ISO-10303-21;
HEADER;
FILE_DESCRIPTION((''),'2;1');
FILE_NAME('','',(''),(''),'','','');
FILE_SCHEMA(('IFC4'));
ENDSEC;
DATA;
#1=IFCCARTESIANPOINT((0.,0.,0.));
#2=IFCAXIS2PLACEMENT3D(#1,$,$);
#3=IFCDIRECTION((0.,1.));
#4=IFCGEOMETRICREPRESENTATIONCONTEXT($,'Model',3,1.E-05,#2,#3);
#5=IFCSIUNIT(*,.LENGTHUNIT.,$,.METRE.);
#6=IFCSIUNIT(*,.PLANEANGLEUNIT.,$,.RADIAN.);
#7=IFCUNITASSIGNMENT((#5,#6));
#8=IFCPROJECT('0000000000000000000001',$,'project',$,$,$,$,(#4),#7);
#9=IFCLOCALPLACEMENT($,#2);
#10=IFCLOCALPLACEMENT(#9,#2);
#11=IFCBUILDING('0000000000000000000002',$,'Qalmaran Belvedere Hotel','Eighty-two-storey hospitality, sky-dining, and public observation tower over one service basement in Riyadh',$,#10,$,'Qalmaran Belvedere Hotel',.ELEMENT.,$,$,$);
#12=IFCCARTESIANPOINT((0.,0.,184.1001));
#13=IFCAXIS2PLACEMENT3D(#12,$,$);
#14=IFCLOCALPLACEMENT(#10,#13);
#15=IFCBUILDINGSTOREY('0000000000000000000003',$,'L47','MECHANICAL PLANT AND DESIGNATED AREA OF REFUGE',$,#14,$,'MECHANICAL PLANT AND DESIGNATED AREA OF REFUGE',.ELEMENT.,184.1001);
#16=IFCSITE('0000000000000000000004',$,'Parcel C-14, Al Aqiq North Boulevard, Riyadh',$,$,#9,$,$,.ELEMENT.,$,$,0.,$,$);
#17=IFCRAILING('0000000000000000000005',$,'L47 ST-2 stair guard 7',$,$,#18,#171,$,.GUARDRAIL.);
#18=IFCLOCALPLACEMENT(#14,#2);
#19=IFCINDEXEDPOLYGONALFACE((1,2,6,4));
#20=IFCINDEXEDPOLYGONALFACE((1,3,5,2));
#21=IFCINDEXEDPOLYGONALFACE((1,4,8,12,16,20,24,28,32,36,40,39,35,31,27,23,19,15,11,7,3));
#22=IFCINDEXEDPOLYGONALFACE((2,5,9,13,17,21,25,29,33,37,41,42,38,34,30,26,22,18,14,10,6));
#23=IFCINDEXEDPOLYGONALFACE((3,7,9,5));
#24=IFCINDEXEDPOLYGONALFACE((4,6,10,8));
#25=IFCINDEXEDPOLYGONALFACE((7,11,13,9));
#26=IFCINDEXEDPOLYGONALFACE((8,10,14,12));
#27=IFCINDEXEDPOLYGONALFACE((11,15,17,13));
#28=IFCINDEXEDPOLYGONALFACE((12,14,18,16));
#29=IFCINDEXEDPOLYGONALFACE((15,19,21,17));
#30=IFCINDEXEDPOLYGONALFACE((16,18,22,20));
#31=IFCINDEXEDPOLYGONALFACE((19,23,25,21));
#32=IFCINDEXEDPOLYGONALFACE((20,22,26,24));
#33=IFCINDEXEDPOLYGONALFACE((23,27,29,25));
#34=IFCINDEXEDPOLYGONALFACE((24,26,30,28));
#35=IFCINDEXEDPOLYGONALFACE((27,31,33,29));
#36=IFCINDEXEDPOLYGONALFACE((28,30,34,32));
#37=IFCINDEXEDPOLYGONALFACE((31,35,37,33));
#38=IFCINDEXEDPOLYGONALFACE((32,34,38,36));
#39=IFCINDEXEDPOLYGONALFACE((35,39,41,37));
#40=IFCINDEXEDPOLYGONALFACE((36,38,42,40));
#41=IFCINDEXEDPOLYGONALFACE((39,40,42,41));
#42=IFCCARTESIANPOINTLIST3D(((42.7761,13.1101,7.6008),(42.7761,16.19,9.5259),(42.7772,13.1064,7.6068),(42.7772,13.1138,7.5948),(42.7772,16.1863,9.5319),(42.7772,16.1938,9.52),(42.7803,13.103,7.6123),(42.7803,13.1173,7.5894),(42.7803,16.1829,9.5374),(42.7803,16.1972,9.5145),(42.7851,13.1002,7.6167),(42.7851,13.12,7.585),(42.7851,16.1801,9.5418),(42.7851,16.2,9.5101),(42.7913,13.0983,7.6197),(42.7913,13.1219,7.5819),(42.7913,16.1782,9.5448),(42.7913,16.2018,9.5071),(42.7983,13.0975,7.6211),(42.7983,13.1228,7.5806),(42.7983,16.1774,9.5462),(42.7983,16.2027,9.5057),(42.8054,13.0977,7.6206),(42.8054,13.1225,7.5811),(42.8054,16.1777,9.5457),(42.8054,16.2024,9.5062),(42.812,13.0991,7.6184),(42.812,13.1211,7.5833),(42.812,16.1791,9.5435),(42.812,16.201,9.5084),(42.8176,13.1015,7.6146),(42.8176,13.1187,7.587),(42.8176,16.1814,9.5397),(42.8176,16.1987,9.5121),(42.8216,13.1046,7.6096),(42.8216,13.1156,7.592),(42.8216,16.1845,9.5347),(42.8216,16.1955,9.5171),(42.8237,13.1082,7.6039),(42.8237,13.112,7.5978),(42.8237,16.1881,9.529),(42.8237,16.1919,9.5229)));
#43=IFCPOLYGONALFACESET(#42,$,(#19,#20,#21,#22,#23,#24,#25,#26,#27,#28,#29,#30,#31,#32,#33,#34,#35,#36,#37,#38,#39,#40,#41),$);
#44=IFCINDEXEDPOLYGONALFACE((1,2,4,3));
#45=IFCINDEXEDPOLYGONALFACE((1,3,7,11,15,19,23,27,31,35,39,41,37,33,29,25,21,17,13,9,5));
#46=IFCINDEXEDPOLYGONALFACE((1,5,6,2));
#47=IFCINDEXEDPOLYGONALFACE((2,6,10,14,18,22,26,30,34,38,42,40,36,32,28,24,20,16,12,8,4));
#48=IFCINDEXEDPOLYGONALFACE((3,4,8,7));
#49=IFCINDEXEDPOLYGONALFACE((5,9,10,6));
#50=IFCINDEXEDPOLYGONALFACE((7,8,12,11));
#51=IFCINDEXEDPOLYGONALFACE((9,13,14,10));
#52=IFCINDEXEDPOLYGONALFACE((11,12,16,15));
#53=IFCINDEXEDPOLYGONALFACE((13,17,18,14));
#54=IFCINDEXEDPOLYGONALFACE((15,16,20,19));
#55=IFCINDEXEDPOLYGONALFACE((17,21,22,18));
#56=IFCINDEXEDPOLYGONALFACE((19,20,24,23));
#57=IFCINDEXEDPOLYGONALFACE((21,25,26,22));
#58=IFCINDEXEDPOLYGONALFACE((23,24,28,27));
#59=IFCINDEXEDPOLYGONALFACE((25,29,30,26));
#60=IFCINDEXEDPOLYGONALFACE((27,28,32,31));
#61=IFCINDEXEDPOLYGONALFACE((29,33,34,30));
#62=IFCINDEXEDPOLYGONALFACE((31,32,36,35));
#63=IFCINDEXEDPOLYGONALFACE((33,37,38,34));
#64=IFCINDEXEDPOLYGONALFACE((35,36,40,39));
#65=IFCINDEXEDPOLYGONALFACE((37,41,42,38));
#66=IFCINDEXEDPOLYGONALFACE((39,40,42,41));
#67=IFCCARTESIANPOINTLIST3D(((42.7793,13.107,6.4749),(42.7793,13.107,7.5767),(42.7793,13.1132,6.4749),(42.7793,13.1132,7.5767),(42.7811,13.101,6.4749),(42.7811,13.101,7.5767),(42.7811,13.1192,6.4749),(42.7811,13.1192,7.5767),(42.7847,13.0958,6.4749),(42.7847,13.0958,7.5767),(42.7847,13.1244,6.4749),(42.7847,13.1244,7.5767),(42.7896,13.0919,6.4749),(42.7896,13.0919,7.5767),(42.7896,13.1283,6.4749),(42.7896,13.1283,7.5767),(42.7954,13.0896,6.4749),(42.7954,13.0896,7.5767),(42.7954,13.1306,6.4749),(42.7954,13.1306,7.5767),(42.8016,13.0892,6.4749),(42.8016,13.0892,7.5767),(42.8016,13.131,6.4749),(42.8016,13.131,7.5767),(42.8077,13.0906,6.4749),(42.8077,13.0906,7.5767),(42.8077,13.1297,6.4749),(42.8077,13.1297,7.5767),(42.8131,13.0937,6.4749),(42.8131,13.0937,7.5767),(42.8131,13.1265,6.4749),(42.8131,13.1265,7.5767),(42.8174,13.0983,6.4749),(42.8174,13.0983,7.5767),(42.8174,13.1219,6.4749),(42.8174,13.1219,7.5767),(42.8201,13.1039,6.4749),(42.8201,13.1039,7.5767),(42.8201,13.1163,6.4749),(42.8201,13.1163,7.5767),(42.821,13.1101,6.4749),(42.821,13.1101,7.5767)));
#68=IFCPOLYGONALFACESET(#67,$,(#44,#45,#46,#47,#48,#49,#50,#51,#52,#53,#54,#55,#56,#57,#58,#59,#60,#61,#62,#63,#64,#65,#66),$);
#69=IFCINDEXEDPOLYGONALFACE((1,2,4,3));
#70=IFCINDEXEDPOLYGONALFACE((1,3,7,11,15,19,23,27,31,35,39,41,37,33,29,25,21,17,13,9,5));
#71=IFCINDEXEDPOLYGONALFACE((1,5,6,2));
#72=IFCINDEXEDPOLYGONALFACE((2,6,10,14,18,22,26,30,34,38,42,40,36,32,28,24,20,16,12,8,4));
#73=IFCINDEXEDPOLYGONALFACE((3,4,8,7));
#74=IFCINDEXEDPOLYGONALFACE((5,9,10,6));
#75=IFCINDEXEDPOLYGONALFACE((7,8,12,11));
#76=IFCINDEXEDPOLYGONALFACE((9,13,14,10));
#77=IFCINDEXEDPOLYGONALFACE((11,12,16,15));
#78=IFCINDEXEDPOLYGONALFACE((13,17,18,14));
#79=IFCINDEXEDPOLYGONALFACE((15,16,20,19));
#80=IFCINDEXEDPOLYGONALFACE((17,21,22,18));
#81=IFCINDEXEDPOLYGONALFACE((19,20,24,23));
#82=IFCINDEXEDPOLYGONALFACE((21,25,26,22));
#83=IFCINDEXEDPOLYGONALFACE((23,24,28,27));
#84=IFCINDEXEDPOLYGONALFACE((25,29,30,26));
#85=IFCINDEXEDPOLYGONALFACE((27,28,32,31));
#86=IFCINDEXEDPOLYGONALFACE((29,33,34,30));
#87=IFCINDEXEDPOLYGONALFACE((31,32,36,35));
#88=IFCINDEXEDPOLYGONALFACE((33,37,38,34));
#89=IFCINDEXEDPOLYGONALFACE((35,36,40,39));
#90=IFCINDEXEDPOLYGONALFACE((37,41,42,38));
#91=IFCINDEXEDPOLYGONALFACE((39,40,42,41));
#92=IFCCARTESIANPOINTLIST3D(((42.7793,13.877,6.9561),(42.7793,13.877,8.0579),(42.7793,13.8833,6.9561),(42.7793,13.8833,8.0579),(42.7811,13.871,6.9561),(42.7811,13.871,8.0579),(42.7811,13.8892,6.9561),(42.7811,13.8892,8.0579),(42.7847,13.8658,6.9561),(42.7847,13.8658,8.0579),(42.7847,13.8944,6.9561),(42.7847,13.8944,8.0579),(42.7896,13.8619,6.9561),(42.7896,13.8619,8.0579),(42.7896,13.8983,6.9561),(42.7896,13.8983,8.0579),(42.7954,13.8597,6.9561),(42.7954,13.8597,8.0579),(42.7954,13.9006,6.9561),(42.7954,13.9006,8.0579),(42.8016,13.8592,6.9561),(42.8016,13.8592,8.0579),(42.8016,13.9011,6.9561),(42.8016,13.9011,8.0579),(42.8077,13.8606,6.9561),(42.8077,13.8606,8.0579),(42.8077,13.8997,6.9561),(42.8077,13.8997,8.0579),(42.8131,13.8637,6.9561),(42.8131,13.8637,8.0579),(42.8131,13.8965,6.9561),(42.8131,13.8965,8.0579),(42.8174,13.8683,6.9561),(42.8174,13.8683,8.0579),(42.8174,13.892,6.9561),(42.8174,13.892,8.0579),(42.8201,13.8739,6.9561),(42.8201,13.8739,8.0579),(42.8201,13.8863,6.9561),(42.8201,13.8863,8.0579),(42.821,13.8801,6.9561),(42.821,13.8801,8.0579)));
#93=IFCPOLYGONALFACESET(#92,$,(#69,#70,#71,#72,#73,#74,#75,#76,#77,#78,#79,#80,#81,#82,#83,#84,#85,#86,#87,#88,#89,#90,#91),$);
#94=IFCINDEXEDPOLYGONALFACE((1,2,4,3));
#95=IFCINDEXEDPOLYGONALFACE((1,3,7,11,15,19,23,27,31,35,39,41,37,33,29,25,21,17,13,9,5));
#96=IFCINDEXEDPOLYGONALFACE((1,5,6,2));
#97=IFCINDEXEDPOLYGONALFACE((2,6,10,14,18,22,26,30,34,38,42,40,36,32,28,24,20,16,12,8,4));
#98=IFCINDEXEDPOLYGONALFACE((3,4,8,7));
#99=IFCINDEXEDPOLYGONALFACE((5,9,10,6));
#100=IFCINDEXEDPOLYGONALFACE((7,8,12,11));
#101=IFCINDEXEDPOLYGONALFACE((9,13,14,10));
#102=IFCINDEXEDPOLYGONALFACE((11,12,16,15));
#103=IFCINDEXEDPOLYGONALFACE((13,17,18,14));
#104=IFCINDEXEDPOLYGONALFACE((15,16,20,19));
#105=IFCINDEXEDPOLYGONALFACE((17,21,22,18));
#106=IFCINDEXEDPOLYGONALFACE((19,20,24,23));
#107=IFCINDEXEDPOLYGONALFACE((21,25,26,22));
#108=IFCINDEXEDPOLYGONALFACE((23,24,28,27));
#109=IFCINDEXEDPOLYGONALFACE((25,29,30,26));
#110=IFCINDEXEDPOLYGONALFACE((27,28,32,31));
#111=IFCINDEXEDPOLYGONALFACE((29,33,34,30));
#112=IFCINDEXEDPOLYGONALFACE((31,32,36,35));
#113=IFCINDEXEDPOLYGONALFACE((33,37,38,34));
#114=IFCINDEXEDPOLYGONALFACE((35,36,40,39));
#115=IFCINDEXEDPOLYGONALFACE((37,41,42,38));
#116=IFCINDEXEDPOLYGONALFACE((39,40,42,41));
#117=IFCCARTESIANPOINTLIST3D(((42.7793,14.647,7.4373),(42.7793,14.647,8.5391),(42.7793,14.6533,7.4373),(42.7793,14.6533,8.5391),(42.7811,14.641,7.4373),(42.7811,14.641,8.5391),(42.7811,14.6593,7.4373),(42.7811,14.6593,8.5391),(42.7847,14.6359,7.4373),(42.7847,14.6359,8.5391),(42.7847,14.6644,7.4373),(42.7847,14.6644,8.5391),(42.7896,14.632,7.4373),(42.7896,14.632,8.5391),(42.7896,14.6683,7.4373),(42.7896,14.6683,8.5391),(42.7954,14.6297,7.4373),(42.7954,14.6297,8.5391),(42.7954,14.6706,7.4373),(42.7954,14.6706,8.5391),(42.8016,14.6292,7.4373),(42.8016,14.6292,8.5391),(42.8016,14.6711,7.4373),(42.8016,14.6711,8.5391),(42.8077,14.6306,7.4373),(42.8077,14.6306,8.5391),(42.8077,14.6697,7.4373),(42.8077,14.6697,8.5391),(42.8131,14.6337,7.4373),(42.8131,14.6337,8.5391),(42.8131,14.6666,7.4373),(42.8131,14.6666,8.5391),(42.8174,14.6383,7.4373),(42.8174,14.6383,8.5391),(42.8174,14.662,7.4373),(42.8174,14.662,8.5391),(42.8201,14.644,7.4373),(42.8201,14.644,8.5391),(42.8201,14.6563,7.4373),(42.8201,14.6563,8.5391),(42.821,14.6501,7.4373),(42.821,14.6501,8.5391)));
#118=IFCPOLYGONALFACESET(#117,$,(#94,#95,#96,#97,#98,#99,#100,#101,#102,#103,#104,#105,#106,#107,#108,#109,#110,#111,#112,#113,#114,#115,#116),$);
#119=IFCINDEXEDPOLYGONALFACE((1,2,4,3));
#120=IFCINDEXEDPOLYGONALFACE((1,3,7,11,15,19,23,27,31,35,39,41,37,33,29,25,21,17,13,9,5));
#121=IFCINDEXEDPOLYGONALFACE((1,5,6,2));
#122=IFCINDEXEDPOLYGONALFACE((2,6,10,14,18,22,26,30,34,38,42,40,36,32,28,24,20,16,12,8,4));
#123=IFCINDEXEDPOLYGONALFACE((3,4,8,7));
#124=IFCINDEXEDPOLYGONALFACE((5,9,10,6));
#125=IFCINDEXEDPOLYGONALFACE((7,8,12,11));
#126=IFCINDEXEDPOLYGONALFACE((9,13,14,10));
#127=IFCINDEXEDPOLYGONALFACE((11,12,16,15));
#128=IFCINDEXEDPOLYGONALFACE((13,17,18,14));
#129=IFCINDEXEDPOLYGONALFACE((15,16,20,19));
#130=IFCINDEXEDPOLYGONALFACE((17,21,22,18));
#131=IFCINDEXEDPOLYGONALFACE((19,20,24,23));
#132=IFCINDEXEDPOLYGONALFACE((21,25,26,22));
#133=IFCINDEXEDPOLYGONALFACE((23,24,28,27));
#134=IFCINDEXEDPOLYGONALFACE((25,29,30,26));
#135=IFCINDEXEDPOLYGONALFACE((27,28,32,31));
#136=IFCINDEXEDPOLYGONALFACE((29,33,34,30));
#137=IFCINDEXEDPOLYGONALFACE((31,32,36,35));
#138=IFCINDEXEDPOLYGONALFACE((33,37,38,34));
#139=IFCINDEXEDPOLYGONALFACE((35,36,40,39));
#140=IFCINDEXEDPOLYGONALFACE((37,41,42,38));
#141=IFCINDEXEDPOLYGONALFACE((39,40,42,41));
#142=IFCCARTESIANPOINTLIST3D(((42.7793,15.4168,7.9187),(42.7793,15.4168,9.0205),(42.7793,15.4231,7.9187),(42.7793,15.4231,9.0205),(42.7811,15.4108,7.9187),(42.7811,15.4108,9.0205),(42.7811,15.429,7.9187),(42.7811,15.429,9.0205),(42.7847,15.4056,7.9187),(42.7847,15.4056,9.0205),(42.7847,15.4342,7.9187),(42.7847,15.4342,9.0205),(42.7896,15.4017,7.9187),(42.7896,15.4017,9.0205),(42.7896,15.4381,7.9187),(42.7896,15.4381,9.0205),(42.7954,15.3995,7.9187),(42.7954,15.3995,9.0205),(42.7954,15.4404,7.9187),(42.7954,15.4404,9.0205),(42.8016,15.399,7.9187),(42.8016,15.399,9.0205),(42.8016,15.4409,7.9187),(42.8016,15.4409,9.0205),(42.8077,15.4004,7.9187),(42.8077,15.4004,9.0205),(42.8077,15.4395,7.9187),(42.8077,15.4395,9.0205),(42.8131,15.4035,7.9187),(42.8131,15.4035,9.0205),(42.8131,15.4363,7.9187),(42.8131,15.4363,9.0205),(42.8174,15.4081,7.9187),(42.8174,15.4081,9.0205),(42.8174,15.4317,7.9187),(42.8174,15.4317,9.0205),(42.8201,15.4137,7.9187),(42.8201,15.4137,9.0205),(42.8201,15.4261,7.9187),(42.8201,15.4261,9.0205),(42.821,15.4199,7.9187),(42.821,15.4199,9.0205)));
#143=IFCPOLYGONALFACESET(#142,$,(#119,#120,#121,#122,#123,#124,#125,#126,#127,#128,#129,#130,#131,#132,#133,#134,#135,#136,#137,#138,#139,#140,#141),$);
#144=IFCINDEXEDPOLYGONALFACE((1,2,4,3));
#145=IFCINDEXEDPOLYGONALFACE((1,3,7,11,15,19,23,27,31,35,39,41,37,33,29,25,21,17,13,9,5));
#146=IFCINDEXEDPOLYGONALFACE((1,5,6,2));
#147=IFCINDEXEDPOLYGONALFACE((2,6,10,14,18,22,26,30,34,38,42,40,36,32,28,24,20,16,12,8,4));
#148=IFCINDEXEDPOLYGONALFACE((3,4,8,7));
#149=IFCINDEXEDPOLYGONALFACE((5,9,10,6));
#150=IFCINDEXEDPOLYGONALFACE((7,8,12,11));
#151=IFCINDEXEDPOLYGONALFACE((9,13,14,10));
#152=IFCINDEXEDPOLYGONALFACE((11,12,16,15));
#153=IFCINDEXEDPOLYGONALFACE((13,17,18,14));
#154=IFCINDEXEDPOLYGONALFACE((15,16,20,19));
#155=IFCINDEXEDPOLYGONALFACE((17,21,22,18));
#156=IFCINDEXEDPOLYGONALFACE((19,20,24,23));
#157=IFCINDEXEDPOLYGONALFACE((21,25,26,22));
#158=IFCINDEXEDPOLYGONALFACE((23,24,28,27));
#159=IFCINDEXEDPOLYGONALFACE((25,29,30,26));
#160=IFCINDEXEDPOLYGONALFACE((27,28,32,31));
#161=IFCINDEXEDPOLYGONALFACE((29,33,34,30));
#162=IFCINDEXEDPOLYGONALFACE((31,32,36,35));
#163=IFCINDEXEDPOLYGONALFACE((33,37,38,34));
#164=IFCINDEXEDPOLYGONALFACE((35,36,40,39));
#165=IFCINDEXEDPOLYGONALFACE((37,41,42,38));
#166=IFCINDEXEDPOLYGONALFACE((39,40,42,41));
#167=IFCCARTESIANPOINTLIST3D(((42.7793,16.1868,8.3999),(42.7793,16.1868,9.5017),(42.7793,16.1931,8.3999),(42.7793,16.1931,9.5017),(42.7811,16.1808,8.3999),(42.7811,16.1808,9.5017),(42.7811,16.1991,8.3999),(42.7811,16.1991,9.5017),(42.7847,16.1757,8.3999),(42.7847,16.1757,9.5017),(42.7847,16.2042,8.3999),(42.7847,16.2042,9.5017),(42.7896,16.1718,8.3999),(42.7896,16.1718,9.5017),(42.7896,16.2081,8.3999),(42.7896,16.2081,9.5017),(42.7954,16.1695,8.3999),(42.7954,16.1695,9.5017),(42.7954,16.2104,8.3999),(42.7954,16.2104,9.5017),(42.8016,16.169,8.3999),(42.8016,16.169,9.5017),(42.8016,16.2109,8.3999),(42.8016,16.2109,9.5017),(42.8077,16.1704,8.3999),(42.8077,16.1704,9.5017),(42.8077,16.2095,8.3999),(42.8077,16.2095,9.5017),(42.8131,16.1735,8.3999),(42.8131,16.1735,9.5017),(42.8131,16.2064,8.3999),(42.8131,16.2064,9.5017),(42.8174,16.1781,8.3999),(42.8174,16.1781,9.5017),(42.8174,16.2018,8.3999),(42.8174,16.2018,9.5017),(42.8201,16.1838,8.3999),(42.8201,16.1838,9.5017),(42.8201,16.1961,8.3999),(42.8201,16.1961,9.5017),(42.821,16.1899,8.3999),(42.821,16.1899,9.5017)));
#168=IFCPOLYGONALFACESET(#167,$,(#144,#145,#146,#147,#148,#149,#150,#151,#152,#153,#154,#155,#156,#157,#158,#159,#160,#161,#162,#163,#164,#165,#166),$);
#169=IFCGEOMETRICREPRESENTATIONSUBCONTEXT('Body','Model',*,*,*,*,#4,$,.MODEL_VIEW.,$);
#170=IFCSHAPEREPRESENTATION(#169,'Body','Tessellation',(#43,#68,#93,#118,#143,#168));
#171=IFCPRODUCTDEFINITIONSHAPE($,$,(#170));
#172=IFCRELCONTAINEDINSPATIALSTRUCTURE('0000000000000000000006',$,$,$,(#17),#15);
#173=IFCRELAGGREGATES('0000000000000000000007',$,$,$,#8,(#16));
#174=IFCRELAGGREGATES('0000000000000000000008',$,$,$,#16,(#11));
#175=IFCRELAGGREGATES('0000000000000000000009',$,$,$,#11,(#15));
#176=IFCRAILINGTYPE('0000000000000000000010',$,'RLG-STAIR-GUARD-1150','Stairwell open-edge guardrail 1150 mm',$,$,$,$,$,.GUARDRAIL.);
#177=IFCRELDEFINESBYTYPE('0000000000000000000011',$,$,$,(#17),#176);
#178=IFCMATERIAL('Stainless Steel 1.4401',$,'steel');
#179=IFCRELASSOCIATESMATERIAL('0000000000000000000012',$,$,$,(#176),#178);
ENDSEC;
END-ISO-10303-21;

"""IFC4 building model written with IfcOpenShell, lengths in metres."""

from ifc_helpers import new_model, si_unit, direction, frame, origin, origin_2d, place, context, subcontext, project, spatial, circle, extrude, material, type_object, element, save


model = new_model("IFC4")

# Units and contexts
model_context = context("Model", 3, precision=1e-05, world=origin(), true_north=direction((0.0, 1.0)))
body_context = subcontext(model_context, "Body", "Model", "MODEL_VIEW")
ifc_project = project(units=[si_unit("LENGTHUNIT", "METRE"), si_unit("PLANEANGLEUNIT", "RADIAN")], contexts=[model_context])

# Site, building, storey
site_placement = place(None, origin())
site = spatial("IfcSite", under=ifc_project, at=site_placement, Name="Parcel C-14, Al Aqiq North Boulevard, Riyadh", CompositionType="ELEMENT", RefElevation=0.0)
building_placement = place(site_placement, origin())
building = spatial("IfcBuilding", under=site, at=building_placement, Name="Qalmaran Belvedere Hotel", Description="Eighty-two-storey hospitality, sky-dining, and public observation tower over one service basement in Riyadh", LongName="Qalmaran Belvedere Hotel", CompositionType="ELEMENT")
storey_placement = place(building_placement, frame((0.0, 0.0, 184.1001)))
storey = spatial("IfcBuildingStorey", under=building, at=storey_placement, Name="L47", Description="MECHANICAL PLANT AND DESIGNATED AREA OF REFUGE", LongName="MECHANICAL PLANT AND DESIGNATED AREA OF REFUGE", CompositionType="ELEMENT", Elevation=184.1001)

# Railing
ifc_material_1 = material(Name="Stainless Steel 1.4401", Category="steel")
railing_type_1 = type_object("IfcRailingType", Name="RLG-STAIR-GUARD-1150", Description="Stairwell open-edge guardrail 1150 mm", PredefinedType="GUARDRAIL", material=ifc_material_1)
railing_1_placement = place(storey_placement, frame((42.8, 13.1101, 6.4749)))
element("IfcRailing", 1, at=railing_1_placement, inside=storey, type_object=railing_type_1, Name="L47 ST-2 stair guard 7", PredefinedType="GUARDRAIL", context=body_context, shape_type="SweptSolid", body=[
    extrude(circle(Radius=0.0239, at=origin_2d()), frame((0.0, 0.0, 1.126), z_axis=(0.0, 0.847979, 0.530029), x_axis=(-1.0, 0.0, 0.0)), (0.0, 0.0, 1.0), 3.6321),
    extrude(circle(Radius=0.021, at=origin_2d()), origin(), (0.0, 0.0, 1.0), 1.1018),
    extrude(circle(Radius=0.021, at=origin_2d()), frame((0.0, 0.77, 0.4812)), (0.0, 0.0, 1.0), 1.1018),
    extrude(circle(Radius=0.021, at=origin_2d()), frame((0.0, 1.54, 0.9624)), (0.0, 0.0, 1.0), 1.1018),
    extrude(circle(Radius=0.021, at=origin_2d()), frame((0.0, 2.3098, 1.4438)), (0.0, 0.0, 1.0), 1.1018),
    extrude(circle(Radius=0.021, at=origin_2d()), frame((0.0, 3.0798, 1.925)), (0.0, 0.0, 1.0), 1.1018),
])

save(model, "model.ifc")
